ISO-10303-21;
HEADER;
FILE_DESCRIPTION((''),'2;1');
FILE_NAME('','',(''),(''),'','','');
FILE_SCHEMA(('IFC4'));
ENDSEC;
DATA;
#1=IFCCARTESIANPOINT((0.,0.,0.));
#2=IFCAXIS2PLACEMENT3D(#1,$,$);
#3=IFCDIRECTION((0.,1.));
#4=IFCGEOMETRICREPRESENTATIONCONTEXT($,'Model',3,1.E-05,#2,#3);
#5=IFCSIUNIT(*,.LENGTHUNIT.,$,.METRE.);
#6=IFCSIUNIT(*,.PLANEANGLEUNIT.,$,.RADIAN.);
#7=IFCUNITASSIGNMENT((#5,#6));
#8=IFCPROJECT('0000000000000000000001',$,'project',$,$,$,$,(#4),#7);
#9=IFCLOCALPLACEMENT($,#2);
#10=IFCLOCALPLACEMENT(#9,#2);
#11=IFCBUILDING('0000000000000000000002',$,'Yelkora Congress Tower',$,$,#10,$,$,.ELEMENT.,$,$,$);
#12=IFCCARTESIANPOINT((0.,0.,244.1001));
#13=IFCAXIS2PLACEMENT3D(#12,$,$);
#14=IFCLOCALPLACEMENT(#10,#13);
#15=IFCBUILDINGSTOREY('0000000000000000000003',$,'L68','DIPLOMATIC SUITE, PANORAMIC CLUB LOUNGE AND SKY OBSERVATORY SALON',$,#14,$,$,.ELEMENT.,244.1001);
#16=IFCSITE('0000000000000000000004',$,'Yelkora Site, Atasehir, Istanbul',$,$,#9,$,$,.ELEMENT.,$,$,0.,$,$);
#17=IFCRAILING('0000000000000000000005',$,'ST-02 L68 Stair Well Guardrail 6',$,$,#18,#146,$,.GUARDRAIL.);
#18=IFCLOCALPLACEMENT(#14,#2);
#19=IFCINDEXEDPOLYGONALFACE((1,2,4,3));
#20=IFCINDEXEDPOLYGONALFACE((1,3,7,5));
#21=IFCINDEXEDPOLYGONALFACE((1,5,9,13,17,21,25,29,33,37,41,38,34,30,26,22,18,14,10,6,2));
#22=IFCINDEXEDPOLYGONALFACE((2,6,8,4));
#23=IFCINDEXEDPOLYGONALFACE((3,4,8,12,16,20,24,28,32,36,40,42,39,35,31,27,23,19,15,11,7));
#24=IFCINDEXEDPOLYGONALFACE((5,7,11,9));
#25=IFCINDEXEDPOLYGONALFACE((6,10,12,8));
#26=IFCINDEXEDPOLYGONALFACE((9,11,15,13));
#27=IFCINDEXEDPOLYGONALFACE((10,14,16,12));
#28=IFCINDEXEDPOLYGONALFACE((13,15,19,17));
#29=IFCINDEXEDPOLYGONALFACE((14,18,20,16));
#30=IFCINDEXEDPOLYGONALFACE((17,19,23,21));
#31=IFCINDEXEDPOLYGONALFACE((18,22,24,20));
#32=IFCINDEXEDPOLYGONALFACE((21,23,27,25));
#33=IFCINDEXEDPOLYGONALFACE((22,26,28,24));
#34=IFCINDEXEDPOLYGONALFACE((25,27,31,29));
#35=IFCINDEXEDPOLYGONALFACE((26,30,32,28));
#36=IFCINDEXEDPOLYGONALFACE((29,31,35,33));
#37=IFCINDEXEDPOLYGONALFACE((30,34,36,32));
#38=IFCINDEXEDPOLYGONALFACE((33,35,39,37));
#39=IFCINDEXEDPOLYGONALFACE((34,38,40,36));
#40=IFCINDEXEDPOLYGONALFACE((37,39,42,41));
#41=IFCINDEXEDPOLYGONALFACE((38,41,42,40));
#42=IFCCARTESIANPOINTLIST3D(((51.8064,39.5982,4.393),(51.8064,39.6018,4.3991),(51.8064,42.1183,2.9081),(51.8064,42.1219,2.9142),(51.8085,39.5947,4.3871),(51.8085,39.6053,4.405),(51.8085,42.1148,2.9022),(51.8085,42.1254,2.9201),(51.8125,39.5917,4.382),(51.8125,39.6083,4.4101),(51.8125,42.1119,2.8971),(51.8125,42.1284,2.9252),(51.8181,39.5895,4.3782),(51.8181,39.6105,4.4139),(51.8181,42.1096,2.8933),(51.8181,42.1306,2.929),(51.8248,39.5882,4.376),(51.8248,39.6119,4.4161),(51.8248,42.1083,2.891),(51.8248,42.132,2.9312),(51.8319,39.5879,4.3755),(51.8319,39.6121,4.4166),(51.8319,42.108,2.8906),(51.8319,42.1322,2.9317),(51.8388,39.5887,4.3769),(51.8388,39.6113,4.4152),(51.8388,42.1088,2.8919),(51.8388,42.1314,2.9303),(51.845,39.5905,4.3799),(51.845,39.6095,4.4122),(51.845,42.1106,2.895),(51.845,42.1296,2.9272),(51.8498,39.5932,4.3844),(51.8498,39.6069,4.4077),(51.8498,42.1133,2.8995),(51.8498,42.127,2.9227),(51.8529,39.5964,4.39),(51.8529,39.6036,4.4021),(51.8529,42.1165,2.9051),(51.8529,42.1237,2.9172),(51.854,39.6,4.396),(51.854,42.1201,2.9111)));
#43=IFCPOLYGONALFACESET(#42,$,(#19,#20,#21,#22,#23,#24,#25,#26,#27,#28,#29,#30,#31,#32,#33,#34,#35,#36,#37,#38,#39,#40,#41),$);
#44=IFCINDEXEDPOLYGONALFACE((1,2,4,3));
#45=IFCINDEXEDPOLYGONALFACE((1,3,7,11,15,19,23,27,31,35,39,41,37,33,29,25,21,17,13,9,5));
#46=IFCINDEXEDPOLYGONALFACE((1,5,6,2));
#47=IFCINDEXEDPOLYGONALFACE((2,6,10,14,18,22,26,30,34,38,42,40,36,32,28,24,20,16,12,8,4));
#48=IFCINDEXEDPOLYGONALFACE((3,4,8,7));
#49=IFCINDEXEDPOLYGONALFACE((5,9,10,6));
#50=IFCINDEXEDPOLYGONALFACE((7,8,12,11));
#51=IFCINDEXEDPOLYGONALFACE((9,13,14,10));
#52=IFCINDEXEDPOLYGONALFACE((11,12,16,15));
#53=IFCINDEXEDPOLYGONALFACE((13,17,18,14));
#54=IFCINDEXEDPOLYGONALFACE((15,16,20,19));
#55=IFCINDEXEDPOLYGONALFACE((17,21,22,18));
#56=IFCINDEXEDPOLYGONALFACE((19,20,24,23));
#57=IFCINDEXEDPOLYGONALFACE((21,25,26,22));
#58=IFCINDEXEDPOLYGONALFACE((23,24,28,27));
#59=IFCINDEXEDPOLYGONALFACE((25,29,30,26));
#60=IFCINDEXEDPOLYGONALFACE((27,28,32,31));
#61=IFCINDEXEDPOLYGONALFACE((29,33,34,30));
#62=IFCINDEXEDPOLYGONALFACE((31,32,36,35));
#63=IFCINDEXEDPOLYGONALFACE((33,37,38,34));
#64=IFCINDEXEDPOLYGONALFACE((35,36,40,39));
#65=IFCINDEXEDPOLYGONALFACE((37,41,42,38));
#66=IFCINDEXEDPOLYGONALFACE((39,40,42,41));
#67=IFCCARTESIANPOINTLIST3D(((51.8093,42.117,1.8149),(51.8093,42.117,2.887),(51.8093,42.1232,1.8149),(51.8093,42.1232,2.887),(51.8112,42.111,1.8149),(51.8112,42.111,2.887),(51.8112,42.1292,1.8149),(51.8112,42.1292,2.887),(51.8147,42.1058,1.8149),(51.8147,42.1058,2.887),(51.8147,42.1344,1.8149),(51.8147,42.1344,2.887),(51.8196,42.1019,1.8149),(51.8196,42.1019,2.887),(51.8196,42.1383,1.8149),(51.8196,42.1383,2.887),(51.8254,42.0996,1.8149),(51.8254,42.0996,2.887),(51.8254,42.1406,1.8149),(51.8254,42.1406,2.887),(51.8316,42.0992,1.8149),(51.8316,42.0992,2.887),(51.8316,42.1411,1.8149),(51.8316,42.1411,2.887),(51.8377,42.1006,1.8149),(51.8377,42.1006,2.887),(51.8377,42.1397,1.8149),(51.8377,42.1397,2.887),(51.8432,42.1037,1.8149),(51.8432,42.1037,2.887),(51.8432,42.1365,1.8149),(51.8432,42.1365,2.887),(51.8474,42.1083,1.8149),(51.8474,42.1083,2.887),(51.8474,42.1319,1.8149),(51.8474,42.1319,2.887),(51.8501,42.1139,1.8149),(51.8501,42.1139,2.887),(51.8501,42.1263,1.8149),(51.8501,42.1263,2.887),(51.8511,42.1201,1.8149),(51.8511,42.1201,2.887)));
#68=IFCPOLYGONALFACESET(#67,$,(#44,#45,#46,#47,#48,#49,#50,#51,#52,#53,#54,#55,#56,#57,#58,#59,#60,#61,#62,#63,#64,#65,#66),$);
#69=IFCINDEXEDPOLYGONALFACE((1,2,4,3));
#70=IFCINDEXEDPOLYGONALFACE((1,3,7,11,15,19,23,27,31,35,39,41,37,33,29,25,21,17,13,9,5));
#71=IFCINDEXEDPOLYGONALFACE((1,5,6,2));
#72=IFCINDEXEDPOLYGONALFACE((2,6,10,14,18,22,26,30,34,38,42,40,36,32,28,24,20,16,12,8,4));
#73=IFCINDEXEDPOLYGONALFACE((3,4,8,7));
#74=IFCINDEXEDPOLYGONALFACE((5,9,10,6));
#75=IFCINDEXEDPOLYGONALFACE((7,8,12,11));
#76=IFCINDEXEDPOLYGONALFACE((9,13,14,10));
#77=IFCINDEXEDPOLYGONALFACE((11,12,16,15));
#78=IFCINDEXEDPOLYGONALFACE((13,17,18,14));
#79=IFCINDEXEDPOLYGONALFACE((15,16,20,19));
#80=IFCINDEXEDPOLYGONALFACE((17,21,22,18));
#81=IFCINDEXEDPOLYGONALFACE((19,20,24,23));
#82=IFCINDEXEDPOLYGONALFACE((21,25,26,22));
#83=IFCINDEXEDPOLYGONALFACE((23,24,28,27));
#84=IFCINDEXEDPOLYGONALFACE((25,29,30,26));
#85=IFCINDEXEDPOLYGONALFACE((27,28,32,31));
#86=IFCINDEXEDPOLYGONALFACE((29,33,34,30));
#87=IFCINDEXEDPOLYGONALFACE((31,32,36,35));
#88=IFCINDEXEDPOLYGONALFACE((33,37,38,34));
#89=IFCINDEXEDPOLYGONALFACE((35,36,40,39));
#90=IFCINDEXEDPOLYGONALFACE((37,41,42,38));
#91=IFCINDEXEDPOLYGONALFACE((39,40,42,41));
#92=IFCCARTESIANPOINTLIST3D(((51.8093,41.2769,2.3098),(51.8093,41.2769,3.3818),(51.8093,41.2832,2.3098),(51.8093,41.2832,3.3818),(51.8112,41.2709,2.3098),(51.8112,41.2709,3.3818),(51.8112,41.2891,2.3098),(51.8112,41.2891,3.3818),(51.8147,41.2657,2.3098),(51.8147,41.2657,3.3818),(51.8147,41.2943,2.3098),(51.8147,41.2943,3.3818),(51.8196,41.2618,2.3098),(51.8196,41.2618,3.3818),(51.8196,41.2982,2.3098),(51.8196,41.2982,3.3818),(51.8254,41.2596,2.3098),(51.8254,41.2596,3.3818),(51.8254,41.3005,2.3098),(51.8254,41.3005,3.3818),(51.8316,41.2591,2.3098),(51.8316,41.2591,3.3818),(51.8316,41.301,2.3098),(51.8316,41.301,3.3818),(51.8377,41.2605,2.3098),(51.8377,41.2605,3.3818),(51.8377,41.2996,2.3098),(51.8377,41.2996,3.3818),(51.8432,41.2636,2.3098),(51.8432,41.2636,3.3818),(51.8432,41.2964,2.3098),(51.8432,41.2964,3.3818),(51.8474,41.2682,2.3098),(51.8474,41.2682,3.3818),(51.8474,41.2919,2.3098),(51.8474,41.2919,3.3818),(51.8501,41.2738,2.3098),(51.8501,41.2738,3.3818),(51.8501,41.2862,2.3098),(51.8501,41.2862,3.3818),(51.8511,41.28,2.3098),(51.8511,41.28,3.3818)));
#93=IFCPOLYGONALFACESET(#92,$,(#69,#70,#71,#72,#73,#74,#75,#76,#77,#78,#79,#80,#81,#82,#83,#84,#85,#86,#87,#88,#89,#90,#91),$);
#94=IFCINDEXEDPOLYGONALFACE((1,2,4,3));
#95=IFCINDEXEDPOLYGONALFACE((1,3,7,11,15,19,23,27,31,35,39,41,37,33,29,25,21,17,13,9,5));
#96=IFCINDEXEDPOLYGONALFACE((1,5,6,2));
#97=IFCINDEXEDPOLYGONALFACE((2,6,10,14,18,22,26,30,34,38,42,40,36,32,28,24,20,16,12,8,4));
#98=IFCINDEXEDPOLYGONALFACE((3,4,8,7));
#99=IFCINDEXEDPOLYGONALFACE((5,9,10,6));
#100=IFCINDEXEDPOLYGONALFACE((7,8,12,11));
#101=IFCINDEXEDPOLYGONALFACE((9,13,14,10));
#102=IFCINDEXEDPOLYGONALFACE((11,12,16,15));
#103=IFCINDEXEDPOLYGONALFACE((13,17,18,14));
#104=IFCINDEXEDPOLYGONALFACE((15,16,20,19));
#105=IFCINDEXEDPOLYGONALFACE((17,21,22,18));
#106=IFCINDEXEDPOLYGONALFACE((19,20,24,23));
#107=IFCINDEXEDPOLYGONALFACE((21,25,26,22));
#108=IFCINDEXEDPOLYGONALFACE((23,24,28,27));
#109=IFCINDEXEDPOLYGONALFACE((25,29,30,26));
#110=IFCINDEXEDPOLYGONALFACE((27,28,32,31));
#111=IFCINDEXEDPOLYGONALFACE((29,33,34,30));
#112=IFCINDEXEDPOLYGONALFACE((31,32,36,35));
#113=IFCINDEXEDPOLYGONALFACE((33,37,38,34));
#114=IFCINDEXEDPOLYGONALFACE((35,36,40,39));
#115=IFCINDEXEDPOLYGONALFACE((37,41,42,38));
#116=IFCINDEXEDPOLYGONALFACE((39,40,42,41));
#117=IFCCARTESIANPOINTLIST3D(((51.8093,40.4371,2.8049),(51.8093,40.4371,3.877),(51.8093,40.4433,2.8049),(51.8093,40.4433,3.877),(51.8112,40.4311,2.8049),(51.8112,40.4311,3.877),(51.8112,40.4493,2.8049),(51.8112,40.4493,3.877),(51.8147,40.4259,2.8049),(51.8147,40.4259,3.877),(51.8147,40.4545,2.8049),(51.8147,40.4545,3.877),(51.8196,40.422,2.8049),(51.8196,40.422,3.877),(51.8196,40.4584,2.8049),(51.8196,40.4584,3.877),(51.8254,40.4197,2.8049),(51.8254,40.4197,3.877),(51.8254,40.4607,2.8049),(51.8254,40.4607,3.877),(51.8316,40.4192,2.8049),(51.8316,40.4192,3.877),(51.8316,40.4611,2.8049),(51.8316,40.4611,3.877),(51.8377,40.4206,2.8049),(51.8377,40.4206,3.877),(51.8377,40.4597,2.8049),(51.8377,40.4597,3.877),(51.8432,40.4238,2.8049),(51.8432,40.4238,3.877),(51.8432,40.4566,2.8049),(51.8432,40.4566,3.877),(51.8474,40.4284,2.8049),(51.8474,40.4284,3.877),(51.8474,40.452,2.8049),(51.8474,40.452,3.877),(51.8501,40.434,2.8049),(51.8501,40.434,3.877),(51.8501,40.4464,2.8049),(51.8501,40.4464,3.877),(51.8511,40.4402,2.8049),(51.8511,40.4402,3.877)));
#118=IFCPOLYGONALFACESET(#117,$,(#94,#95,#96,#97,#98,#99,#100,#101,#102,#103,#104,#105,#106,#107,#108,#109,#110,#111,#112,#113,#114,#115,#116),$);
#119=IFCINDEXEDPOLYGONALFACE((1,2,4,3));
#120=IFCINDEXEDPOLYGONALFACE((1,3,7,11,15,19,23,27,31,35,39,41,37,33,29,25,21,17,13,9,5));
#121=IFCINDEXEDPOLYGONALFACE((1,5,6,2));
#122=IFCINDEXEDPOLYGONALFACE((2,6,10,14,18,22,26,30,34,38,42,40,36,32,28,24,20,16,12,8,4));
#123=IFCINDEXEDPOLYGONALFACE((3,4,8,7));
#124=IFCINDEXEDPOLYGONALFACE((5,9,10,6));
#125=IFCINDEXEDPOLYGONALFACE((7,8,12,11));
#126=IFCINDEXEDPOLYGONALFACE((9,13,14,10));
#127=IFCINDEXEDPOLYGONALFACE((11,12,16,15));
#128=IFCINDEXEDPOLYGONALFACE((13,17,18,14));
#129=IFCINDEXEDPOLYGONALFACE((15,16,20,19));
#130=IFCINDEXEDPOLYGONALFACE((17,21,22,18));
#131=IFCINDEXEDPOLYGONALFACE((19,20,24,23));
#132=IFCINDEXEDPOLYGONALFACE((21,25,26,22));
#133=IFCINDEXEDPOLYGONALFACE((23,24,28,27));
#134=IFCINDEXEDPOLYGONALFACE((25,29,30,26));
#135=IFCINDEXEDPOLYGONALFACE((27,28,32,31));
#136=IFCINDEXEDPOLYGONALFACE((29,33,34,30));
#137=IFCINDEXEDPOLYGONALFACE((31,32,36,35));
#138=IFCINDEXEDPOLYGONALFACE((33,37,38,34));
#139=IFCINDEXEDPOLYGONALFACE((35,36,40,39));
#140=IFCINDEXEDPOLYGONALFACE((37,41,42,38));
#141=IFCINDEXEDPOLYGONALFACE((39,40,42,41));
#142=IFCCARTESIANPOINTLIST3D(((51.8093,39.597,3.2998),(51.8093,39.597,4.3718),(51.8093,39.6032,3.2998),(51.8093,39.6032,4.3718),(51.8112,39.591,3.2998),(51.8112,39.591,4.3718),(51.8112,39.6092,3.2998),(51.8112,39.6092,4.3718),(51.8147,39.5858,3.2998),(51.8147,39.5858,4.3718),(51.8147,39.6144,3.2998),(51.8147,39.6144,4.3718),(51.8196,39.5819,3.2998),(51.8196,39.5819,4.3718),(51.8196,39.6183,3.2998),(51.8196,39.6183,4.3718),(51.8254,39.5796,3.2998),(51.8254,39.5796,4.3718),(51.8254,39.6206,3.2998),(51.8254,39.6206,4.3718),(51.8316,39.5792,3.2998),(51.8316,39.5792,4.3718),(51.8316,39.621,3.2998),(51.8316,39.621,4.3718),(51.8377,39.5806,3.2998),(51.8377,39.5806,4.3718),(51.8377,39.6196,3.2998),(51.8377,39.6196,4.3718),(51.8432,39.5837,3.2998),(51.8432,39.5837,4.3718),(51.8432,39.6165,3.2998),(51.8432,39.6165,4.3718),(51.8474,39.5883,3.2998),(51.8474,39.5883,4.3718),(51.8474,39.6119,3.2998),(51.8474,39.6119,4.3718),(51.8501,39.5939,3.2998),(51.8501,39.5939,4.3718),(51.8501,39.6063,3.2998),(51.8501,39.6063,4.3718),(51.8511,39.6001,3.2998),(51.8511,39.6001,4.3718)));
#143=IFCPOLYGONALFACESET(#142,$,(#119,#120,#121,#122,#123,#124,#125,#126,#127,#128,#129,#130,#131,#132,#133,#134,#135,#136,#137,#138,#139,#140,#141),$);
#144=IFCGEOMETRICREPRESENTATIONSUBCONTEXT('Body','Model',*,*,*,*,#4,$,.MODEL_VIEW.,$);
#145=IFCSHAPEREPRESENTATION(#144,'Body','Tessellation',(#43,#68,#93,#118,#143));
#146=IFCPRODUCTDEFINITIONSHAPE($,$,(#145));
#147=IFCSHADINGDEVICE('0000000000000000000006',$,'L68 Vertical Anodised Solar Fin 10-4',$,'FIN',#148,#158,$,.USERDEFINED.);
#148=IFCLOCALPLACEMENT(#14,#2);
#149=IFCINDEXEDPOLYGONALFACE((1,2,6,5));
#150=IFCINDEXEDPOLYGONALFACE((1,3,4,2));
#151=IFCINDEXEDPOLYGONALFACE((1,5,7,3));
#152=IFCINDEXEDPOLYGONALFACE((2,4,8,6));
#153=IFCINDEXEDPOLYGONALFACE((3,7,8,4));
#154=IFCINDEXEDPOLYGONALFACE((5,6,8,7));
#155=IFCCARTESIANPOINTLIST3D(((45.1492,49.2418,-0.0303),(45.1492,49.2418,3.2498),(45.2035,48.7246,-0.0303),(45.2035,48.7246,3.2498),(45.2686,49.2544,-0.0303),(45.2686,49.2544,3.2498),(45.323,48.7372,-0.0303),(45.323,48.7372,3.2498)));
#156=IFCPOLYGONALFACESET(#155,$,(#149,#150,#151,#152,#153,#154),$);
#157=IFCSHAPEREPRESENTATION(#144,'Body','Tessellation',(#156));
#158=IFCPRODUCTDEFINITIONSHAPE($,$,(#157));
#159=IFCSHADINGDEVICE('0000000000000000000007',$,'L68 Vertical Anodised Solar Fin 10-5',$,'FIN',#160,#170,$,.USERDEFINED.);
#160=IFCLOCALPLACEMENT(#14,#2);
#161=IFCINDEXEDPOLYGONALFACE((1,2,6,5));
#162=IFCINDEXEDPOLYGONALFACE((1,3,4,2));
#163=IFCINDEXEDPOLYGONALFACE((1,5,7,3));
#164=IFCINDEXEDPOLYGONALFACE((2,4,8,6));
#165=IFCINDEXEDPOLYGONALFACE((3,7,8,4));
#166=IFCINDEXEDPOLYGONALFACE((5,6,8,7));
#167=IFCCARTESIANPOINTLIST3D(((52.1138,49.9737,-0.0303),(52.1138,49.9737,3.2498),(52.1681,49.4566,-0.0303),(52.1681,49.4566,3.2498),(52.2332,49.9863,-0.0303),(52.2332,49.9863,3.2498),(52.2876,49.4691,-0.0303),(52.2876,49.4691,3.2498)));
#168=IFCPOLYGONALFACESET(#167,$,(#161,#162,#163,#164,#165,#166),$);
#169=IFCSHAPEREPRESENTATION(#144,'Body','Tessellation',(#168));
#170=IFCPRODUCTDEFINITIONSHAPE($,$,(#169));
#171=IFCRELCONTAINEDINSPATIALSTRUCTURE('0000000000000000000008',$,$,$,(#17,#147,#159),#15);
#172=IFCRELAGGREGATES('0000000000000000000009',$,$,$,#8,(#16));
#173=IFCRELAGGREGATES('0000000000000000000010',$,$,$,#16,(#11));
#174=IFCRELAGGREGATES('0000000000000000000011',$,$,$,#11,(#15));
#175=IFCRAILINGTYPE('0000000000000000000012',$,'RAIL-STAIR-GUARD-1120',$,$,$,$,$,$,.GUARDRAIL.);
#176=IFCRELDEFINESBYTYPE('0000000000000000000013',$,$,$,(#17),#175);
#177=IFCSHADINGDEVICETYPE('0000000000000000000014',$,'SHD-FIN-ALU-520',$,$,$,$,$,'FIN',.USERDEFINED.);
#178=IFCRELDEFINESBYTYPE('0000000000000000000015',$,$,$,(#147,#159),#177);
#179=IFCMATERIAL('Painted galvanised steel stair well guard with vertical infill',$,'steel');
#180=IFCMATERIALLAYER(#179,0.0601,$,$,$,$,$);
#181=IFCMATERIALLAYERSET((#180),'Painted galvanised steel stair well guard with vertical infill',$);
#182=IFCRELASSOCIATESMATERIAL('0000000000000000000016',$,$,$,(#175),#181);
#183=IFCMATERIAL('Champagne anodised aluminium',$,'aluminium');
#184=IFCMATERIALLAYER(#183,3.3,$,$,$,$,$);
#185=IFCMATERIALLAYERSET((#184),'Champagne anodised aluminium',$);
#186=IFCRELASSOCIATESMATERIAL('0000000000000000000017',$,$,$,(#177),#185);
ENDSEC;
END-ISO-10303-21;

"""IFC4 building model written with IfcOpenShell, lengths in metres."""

from ifc_helpers import new_model, si_unit, direction, frame, origin, origin_2d, place, context, subcontext, project, spatial, rectangle, circle, extrude, material, layer, layer_set, type_object, element, save


model = new_model("IFC4")

# Units and contexts
model_context = context("Model", 3, precision=1e-05, world=origin(), true_north=direction((0.0, 1.0)))
body_context = subcontext(model_context, "Body", "Model", "MODEL_VIEW")
ifc_project = project(units=[si_unit("LENGTHUNIT", "METRE"), si_unit("PLANEANGLEUNIT", "RADIAN")], contexts=[model_context])

# Site, building, storey
site_placement = place(None, origin())
site = spatial("IfcSite", under=ifc_project, at=site_placement, Name="Yelkora Site, Atasehir, Istanbul", CompositionType="ELEMENT", RefElevation=0.0)
building_placement = place(site_placement, origin())
building = spatial("IfcBuilding", under=site, at=building_placement, Name="Yelkora Congress Tower", CompositionType="ELEMENT")
storey_placement = place(building_placement, frame((0.0, 0.0, 244.1001)))
storey = spatial("IfcBuildingStorey", under=building, at=storey_placement, Name="L68", Description="DIPLOMATIC SUITE, PANORAMIC CLUB LOUNGE AND SKY OBSERVATORY SALON", CompositionType="ELEMENT", Elevation=244.1001)

# Railing
ifc_material_1 = material(Name="Painted galvanised steel stair well guard with vertical infill", Category="steel")
ifc_layer_1 = layer(ifc_material_1, 0.0601)
ifc_layer_set_1 = layer_set([ifc_layer_1], Name="Painted galvanised steel stair well guard with vertical infill")
railing_type = type_object("IfcRailingType", Name="RAIL-STAIR-GUARD-1120", PredefinedType="GUARDRAIL", material=ifc_layer_set_1)
railing_1_placement = place(storey_placement, frame((51.8301, 42.1201, 1.8149)))
element("IfcRailing", 1, at=railing_1_placement, inside=storey, type_object=railing_type, Name="ST-02 L68 Stair Well Guardrail 6", PredefinedType="GUARDRAIL", context=body_context, shape_type="SweptSolid", body=[
    extrude(circle(Radius=0.0239, at=origin_2d()), frame((0.0, 0.0, 1.0962), z_axis=(0.0, -0.861561, 0.507655), x_axis=(1.0, 0.0, 0.0)), (0.0, 0.0, 1.0), 2.925),
    extrude(circle(Radius=0.021, at=origin_2d()), origin(), (0.0, 0.0, 1.0), 1.072),
    extrude(circle(Radius=0.021, at=origin_2d()), frame((0.0, -0.8401, 0.4949)), (0.0, 0.0, 1.0), 1.072),
    extrude(circle(Radius=0.021, at=origin_2d()), frame((0.0, -1.6799, 0.99)), (0.0, 0.0, 1.0), 1.072),
    extrude(circle(Radius=0.021, at=origin_2d()), frame((0.0, -2.52, 1.4849)), (0.0, 0.0, 1.0), 1.072),
])

# Shading devices
ifc_material_2 = material(Name="Champagne anodised aluminium", Category="aluminium")
ifc_layer_2 = layer(ifc_material_2, 3.3)
ifc_layer_set_2 = layer_set([ifc_layer_2], Name="Champagne anodised aluminium")
shading_device_type = type_object("IfcShadingDeviceType", Name="SHD-FIN-ALU-520", ElementType="FIN", PredefinedType="USERDEFINED", material=ifc_layer_set_2)
for number, where, z_axis, x_axis, name in (
    (2, (45.2361, 48.9895, -0.0303), (0.0, 0.0, 1.0), (0.994522, 0.104528, 0.0), "L68 Vertical Anodised Solar Fin 10-4"),
    (3, (52.2007, 49.7214, -0.0303), (0.0, 0.0, 1.0), (0.994522, 0.104528, 0.0), "L68 Vertical Anodised Solar Fin 10-5"),
):
    element("IfcShadingDevice", number, at=place(storey_placement, frame(where, z_axis=z_axis, x_axis=x_axis)), inside=storey, type_object=shading_device_type, Name=name, ObjectType="FIN", PredefinedType="USERDEFINED", context=body_context, shape_type="SweptSolid", body=[
        extrude(rectangle(XDim=0.1201, YDim=0.52, at=origin_2d()), origin(), (0.0, 0.0, 1.0), 3.28),
    ])

save(model, "model.ifc")
